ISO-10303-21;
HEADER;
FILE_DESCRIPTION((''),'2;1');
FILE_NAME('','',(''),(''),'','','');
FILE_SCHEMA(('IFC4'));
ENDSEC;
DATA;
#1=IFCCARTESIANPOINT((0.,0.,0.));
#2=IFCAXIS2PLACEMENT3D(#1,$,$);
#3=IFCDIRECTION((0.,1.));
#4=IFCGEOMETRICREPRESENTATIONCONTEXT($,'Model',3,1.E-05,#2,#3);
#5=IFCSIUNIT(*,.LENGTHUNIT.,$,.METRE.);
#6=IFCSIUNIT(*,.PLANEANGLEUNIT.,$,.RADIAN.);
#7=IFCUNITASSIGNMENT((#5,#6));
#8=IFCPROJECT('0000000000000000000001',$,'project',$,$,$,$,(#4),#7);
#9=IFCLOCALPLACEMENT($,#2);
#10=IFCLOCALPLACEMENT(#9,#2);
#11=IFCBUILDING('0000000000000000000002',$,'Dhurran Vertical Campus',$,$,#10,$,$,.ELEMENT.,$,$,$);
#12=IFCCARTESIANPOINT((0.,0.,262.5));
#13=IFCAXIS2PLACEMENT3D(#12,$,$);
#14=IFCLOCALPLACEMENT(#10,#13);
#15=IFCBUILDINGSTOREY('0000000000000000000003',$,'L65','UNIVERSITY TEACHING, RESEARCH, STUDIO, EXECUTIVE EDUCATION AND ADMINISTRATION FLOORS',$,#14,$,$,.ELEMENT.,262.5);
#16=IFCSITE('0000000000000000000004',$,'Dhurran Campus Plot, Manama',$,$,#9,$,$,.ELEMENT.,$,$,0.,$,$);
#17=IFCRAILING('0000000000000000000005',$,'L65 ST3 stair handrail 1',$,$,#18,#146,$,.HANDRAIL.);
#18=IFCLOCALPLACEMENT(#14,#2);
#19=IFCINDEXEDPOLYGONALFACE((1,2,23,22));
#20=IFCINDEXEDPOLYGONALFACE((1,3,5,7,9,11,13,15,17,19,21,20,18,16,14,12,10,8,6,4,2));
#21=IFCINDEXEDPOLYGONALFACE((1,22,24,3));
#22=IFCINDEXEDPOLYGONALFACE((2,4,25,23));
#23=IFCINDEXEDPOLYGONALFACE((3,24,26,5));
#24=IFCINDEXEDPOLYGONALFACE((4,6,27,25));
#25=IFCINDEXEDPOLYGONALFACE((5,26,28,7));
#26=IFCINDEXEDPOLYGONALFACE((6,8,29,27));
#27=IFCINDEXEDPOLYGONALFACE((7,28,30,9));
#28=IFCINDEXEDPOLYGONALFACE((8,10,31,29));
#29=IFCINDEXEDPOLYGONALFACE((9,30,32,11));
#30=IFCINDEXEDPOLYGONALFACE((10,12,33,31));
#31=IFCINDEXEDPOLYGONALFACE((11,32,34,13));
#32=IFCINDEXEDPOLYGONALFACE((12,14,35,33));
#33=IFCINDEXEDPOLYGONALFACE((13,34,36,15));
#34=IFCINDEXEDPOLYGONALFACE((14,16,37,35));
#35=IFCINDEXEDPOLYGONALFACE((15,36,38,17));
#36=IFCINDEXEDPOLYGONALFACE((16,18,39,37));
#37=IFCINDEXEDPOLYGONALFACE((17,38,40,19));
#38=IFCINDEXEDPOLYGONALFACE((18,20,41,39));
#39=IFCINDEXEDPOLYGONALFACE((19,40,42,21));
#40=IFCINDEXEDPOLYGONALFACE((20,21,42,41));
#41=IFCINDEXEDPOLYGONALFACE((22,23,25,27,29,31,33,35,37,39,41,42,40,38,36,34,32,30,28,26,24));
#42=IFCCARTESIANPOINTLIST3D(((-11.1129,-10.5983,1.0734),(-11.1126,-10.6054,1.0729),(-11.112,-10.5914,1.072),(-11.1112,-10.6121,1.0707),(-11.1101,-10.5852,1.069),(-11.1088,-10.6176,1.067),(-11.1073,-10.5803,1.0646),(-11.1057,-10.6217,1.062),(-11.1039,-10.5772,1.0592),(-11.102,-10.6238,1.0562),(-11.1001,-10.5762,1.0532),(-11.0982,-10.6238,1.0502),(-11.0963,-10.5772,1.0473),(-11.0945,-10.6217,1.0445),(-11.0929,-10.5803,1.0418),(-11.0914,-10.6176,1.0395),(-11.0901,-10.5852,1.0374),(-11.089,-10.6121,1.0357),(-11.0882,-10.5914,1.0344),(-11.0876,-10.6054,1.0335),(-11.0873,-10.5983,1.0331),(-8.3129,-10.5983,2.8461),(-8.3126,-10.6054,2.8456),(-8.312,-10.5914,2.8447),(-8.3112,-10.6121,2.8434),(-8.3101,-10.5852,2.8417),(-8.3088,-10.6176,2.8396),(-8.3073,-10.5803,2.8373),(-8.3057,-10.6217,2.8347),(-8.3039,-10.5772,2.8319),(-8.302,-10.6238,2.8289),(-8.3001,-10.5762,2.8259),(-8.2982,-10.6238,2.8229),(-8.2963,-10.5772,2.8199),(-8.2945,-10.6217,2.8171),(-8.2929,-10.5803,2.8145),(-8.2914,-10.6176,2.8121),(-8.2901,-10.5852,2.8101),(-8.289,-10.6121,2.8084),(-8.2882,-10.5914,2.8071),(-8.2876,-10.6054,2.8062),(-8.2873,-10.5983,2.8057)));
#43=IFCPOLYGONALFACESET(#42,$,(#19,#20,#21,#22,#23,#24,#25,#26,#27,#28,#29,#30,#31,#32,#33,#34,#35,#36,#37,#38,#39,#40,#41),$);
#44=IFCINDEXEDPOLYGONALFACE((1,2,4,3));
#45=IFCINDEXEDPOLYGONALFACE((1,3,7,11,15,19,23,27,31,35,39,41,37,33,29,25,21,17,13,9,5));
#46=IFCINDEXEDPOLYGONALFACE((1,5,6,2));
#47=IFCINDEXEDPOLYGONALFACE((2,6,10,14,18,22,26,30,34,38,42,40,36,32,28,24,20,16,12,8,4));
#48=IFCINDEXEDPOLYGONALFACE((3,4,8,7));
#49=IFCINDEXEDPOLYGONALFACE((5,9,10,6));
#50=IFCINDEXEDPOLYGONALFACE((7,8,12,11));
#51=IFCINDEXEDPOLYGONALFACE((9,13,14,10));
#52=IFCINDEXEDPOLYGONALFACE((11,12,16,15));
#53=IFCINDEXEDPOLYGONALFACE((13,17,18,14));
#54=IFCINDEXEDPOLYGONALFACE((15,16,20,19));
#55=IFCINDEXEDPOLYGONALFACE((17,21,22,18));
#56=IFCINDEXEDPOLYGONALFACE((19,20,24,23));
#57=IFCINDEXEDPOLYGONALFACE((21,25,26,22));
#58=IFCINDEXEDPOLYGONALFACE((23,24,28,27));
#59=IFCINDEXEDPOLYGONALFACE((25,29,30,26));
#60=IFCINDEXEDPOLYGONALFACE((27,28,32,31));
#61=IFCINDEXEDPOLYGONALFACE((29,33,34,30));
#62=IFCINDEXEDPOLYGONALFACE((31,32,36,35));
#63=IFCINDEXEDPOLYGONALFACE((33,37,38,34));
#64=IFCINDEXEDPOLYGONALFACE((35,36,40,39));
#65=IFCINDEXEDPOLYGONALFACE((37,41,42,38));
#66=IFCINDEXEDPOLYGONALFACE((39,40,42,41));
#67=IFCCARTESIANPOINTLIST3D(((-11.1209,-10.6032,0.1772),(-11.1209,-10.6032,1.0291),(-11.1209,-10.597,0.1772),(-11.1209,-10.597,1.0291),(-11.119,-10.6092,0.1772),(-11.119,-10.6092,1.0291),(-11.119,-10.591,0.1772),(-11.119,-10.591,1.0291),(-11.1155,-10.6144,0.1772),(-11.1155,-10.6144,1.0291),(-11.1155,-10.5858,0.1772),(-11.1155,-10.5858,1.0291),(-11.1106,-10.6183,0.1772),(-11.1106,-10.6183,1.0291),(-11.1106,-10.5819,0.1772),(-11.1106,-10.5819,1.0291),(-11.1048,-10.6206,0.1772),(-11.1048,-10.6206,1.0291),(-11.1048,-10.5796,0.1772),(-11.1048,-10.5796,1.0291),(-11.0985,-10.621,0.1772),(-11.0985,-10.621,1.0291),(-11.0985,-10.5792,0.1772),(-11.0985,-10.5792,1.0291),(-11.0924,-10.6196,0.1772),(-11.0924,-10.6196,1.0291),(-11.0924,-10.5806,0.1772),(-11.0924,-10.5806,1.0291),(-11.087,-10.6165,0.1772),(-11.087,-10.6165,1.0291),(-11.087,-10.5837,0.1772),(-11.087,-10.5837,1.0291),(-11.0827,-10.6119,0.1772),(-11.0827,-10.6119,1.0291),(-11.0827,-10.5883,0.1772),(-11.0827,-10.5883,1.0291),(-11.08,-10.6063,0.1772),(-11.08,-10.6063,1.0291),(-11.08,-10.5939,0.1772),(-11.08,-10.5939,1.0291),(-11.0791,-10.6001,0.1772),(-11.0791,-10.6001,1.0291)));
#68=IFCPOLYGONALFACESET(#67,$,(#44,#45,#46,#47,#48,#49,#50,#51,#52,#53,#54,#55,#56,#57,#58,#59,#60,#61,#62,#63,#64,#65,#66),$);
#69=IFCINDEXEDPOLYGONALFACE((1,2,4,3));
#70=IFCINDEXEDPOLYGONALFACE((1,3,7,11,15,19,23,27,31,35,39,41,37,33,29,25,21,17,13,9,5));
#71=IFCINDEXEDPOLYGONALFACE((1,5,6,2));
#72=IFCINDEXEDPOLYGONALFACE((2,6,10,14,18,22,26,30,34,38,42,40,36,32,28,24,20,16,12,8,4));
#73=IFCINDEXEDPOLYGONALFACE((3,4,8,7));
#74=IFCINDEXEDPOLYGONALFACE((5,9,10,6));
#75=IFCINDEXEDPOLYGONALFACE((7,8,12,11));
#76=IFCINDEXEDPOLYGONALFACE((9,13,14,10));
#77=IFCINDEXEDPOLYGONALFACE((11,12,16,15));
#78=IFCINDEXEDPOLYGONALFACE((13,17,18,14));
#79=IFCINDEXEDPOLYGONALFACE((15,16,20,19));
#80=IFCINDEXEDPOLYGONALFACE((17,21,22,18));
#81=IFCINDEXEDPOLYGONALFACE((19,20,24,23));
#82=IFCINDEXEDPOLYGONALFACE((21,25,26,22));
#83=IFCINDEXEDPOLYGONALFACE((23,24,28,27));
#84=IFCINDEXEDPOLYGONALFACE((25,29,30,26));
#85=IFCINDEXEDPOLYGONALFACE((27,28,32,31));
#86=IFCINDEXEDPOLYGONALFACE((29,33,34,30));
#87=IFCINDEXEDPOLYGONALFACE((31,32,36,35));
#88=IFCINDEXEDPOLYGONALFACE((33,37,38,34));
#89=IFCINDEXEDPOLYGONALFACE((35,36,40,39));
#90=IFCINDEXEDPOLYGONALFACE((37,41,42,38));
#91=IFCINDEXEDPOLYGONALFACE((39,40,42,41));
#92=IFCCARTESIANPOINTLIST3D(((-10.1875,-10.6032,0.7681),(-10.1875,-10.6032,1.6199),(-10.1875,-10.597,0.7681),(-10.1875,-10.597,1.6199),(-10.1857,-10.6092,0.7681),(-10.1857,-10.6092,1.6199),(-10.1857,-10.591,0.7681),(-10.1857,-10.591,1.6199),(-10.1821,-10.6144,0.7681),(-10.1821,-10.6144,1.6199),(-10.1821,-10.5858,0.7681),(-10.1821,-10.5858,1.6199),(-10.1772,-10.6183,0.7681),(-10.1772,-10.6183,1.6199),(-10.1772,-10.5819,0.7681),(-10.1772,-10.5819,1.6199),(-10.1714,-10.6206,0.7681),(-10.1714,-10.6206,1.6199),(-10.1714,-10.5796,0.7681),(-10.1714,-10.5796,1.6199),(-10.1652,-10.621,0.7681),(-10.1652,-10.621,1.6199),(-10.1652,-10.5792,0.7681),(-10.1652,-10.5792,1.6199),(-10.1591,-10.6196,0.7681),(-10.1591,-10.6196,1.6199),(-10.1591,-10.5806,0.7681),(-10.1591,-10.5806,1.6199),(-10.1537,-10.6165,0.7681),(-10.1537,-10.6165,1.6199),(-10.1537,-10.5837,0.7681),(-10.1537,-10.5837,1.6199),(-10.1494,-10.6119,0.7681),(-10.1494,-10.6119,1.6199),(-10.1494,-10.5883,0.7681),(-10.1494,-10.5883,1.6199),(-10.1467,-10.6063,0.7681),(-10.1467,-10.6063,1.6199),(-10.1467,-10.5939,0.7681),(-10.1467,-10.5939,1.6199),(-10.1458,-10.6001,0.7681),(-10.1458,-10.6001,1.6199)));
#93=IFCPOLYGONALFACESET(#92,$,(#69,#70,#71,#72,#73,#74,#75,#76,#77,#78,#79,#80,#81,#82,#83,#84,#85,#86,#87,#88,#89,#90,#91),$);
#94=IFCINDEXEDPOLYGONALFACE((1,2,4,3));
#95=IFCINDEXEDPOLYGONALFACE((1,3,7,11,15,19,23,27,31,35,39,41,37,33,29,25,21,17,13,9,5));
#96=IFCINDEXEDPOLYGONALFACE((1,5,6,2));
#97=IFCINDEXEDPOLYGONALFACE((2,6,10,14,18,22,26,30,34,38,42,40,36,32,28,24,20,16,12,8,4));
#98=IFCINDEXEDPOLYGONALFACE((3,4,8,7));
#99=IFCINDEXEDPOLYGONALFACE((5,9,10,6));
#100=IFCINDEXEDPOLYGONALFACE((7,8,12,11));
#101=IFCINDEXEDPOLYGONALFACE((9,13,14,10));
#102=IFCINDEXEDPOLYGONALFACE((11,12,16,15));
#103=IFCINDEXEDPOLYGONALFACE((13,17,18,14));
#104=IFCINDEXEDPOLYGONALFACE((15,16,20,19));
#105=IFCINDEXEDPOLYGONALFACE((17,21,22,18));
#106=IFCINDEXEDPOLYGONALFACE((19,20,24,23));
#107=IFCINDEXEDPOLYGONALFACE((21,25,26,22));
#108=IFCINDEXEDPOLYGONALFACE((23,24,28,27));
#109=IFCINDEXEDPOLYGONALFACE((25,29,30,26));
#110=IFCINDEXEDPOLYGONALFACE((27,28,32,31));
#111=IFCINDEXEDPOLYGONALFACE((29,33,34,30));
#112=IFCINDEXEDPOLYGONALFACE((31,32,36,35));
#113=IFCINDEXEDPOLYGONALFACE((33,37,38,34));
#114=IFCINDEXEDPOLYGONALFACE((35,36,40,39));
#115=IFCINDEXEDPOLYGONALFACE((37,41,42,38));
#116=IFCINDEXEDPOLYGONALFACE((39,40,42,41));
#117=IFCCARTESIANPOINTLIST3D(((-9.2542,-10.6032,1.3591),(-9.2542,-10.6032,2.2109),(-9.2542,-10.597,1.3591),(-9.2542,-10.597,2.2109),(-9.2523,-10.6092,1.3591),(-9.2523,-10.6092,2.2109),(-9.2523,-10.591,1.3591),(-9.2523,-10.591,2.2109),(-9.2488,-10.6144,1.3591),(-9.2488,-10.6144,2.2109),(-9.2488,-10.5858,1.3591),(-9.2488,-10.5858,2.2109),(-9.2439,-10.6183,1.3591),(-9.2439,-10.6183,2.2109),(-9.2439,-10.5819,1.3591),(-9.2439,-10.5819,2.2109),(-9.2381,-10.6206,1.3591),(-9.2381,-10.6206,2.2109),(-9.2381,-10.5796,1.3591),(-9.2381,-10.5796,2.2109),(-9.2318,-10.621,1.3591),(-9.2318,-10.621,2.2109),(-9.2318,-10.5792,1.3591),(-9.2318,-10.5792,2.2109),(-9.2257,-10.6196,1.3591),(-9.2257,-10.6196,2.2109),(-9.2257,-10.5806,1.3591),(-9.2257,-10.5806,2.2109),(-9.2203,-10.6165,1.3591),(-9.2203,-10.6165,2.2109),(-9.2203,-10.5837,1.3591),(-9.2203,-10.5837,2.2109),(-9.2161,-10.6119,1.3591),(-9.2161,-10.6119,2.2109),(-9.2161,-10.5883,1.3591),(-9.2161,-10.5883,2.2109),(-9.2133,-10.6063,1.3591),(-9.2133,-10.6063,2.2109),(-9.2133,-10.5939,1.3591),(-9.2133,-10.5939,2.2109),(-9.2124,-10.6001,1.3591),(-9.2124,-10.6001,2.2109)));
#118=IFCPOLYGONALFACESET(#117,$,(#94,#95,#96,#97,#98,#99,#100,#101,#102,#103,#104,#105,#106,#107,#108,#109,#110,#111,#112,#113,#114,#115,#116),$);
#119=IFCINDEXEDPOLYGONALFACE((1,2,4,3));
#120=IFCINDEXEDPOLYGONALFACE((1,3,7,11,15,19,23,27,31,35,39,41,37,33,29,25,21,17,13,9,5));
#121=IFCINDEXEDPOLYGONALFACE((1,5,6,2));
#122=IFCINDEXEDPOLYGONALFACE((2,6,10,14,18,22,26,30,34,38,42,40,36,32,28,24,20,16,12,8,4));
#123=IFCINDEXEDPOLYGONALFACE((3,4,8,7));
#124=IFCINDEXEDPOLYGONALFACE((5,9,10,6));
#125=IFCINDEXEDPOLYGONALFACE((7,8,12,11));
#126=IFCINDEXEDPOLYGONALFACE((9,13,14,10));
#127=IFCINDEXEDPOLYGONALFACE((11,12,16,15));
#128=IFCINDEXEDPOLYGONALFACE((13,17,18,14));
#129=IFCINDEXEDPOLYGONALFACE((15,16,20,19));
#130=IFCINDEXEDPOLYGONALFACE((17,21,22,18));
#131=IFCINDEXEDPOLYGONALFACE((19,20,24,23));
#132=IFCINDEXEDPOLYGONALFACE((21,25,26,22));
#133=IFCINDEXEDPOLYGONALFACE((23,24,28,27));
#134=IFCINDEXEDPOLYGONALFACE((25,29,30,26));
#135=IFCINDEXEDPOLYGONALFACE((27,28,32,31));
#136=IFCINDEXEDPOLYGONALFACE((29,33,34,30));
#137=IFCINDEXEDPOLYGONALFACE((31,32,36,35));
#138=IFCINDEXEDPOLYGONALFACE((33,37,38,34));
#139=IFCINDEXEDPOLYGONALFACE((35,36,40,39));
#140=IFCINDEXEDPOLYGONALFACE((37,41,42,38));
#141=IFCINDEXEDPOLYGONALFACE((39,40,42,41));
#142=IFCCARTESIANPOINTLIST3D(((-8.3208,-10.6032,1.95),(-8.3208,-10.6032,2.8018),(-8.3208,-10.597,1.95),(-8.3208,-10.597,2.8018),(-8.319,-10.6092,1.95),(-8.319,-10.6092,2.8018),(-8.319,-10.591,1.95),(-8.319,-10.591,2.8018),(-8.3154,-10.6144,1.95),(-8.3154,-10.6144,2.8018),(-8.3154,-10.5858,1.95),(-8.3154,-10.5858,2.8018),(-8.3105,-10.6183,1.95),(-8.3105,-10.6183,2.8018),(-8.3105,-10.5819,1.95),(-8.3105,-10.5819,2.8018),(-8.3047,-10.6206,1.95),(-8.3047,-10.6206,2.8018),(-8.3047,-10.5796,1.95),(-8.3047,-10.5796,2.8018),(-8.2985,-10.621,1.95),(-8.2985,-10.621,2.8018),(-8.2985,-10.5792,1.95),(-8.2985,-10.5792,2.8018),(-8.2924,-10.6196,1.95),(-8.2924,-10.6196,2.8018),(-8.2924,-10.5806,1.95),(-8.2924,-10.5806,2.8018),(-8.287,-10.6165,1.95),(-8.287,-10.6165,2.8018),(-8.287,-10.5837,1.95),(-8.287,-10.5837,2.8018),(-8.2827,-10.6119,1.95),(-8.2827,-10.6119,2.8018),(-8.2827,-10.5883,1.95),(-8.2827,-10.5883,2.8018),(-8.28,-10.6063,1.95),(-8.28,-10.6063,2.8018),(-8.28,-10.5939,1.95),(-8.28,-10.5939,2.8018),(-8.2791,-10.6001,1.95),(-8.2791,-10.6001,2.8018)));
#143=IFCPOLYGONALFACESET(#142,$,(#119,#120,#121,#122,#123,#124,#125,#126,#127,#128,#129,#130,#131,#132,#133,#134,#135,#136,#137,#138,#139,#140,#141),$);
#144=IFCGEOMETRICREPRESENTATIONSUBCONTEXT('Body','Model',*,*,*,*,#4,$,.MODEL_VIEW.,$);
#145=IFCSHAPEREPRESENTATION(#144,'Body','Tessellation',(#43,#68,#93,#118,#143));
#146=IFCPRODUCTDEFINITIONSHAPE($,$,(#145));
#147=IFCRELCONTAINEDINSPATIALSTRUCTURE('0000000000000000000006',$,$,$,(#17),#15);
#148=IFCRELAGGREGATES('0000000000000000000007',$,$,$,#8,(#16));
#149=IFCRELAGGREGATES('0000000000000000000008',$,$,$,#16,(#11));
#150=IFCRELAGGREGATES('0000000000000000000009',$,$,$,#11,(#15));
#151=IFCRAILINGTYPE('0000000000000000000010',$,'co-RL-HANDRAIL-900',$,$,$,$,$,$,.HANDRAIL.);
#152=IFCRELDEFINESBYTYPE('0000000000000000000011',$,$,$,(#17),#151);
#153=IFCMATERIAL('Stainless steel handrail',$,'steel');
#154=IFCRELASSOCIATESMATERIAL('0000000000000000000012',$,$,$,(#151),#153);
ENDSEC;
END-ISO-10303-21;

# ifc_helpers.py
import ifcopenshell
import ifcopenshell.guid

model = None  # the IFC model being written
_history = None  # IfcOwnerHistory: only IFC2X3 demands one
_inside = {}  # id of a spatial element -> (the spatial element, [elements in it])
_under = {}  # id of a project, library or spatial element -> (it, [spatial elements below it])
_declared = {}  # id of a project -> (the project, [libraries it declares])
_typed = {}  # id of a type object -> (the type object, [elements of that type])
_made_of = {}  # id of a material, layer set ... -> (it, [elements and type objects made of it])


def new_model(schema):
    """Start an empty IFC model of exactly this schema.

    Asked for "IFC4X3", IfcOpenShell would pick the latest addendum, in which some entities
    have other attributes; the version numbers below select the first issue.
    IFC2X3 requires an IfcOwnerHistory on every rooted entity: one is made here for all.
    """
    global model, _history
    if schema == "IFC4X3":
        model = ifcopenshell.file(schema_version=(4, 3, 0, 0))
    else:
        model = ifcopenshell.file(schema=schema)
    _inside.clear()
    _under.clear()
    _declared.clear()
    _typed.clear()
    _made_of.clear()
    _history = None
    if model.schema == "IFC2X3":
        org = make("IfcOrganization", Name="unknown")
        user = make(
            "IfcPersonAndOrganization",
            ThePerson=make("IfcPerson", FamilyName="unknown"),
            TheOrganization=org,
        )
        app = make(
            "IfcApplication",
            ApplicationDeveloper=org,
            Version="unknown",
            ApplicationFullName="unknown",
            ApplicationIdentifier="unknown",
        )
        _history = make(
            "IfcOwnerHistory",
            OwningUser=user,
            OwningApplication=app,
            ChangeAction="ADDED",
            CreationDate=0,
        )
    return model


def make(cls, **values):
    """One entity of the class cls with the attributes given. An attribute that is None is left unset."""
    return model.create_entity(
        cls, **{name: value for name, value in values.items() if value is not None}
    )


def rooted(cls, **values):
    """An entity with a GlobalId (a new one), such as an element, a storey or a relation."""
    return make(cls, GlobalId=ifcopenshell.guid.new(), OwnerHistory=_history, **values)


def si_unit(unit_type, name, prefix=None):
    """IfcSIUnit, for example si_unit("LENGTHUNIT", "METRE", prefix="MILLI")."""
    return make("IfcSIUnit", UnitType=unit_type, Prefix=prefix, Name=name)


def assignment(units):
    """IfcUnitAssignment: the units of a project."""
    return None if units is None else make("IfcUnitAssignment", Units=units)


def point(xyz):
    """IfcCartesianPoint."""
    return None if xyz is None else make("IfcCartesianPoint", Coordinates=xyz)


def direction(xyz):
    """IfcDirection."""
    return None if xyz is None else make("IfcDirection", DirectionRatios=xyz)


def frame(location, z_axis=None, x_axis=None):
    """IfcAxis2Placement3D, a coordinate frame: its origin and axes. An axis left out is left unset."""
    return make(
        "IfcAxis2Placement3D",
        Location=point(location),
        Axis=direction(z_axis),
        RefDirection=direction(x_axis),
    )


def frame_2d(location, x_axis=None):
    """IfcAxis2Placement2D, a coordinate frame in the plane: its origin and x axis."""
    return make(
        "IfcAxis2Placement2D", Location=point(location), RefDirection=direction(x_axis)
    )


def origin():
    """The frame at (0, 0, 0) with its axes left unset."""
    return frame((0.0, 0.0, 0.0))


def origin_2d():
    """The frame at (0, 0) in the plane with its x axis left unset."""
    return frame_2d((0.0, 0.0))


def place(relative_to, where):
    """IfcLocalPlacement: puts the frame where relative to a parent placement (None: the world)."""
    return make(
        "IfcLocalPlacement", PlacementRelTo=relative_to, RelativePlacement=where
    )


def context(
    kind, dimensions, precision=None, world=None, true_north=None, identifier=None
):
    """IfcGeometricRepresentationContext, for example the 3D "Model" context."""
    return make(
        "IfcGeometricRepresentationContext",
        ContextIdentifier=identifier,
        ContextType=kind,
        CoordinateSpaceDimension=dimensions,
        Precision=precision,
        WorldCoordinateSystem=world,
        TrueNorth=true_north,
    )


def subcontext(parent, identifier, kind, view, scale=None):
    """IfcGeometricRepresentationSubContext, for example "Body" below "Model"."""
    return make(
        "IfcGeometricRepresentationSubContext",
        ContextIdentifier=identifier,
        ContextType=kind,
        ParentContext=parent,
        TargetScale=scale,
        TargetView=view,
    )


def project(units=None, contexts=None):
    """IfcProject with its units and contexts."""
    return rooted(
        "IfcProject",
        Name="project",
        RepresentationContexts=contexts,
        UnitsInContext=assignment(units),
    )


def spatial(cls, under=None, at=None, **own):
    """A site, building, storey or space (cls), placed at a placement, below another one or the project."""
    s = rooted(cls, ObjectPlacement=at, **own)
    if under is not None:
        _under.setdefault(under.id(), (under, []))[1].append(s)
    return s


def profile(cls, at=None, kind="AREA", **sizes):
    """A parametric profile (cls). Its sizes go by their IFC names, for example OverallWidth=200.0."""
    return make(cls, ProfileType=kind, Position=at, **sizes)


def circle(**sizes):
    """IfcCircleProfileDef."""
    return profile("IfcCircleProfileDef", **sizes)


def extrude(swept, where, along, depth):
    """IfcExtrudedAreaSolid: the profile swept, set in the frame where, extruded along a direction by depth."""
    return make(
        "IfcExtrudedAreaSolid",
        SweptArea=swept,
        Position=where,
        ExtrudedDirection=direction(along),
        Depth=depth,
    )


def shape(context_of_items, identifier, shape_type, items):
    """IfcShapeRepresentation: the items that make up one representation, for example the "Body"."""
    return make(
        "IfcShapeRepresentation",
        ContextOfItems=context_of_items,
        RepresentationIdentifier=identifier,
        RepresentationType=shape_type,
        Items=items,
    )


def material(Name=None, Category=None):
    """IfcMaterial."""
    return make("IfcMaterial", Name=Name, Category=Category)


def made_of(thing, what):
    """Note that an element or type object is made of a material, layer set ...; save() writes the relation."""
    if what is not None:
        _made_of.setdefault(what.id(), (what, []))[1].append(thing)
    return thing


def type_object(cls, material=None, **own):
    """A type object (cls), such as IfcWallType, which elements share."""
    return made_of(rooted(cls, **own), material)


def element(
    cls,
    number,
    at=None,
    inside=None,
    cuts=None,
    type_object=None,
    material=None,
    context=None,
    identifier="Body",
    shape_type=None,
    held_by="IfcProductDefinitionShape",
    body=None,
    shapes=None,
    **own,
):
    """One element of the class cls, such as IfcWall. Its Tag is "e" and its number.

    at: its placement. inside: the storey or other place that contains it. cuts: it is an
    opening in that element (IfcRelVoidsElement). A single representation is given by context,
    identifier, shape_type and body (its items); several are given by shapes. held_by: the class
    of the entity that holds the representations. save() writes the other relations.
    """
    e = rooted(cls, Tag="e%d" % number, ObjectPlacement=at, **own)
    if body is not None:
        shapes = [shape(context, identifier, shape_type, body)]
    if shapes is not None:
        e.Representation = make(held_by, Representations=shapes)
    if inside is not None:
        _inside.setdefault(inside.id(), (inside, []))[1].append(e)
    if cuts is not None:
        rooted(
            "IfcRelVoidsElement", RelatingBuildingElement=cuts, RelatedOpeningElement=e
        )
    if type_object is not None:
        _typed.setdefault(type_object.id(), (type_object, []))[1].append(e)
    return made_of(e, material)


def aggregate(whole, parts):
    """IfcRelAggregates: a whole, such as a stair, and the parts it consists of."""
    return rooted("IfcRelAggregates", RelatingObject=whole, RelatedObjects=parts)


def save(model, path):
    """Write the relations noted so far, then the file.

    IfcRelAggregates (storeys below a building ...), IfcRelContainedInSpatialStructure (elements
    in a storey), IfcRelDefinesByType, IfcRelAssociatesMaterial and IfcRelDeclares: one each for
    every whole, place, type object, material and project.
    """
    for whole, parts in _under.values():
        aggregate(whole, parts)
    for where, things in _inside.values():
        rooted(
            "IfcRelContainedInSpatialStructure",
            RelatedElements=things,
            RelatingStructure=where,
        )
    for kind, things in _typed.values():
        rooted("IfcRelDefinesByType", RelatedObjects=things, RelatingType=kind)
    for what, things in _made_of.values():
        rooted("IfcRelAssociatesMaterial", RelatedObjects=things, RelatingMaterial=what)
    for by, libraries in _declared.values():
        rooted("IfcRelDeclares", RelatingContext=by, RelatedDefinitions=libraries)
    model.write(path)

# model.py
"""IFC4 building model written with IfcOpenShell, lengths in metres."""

from ifc_helpers import new_model, si_unit, direction, frame, origin, origin_2d, place, context, subcontext, project, spatial, circle, extrude, material, type_object, element, save


model = new_model("IFC4")

# Units and contexts
model_context = context("Model", 3, precision=1e-05, world=origin(), true_north=direction((0.0, 1.0)))
body_context = subcontext(model_context, "Body", "Model", "MODEL_VIEW")
ifc_project = project(units=[si_unit("LENGTHUNIT", "METRE"), si_unit("PLANEANGLEUNIT", "RADIAN")], contexts=[model_context])

# Site, building, storey
site_placement = place(None, origin())
site = spatial("IfcSite", under=ifc_project, at=site_placement, Name="Dhurran Campus Plot, Manama", CompositionType="ELEMENT", RefElevation=0.0)
building_placement = place(site_placement, origin())
building = spatial("IfcBuilding", under=site, at=building_placement, Name="Dhurran Vertical Campus", CompositionType="ELEMENT")
storey_placement = place(building_placement, frame((0.0, 0.0, 262.5)))
storey = spatial("IfcBuildingStorey", under=building, at=storey_placement, Name="L65", Description="UNIVERSITY TEACHING, RESEARCH, STUDIO, EXECUTIVE EDUCATION AND ADMINISTRATION FLOORS", CompositionType="ELEMENT", Elevation=262.5)

# Railing
ifc_material_1 = material(Name="Stainless steel handrail", Category="steel")
railing_type_1 = type_object("IfcRailingType", Name="co-RL-HANDRAIL-900", PredefinedType="HANDRAIL", material=ifc_material_1)
railing_1_placement = place(storey_placement, frame((-11.1001, -10.6001, 0.1772)))
element("IfcRailing", 1, at=railing_1_placement, inside=storey, type_object=railing_type_1, Name="L65 ST3 stair handrail 1", PredefinedType="HANDRAIL", context=body_context, shape_type="SweptSolid", body=[
    extrude(circle(Radius=0.0239, at=origin_2d()), frame((0.0, 0.0, 0.876), z_axis=(0.844909, 0.0, 0.53491), x_axis=(0.0, 1.0, 0.0)), (0.0, 0.0, 1.0), 3.314),
    extrude(circle(Radius=0.021, at=origin_2d()), origin(), (0.0, 0.0, 1.0), 0.8518),
    extrude(circle(Radius=0.021, at=origin_2d()), frame((0.9333, 0.0, 0.5908)), (0.0, 0.0, 1.0), 0.8518),
    extrude(circle(Radius=0.021, at=origin_2d()), frame((1.8667, 0.0, 1.1819)), (0.0, 0.0, 1.0), 0.8518),
    extrude(circle(Radius=0.021, at=origin_2d()), frame((2.8, 0.0, 1.7727)), (0.0, 0.0, 1.0), 0.8518),
])

save(model, "model.ifc")
